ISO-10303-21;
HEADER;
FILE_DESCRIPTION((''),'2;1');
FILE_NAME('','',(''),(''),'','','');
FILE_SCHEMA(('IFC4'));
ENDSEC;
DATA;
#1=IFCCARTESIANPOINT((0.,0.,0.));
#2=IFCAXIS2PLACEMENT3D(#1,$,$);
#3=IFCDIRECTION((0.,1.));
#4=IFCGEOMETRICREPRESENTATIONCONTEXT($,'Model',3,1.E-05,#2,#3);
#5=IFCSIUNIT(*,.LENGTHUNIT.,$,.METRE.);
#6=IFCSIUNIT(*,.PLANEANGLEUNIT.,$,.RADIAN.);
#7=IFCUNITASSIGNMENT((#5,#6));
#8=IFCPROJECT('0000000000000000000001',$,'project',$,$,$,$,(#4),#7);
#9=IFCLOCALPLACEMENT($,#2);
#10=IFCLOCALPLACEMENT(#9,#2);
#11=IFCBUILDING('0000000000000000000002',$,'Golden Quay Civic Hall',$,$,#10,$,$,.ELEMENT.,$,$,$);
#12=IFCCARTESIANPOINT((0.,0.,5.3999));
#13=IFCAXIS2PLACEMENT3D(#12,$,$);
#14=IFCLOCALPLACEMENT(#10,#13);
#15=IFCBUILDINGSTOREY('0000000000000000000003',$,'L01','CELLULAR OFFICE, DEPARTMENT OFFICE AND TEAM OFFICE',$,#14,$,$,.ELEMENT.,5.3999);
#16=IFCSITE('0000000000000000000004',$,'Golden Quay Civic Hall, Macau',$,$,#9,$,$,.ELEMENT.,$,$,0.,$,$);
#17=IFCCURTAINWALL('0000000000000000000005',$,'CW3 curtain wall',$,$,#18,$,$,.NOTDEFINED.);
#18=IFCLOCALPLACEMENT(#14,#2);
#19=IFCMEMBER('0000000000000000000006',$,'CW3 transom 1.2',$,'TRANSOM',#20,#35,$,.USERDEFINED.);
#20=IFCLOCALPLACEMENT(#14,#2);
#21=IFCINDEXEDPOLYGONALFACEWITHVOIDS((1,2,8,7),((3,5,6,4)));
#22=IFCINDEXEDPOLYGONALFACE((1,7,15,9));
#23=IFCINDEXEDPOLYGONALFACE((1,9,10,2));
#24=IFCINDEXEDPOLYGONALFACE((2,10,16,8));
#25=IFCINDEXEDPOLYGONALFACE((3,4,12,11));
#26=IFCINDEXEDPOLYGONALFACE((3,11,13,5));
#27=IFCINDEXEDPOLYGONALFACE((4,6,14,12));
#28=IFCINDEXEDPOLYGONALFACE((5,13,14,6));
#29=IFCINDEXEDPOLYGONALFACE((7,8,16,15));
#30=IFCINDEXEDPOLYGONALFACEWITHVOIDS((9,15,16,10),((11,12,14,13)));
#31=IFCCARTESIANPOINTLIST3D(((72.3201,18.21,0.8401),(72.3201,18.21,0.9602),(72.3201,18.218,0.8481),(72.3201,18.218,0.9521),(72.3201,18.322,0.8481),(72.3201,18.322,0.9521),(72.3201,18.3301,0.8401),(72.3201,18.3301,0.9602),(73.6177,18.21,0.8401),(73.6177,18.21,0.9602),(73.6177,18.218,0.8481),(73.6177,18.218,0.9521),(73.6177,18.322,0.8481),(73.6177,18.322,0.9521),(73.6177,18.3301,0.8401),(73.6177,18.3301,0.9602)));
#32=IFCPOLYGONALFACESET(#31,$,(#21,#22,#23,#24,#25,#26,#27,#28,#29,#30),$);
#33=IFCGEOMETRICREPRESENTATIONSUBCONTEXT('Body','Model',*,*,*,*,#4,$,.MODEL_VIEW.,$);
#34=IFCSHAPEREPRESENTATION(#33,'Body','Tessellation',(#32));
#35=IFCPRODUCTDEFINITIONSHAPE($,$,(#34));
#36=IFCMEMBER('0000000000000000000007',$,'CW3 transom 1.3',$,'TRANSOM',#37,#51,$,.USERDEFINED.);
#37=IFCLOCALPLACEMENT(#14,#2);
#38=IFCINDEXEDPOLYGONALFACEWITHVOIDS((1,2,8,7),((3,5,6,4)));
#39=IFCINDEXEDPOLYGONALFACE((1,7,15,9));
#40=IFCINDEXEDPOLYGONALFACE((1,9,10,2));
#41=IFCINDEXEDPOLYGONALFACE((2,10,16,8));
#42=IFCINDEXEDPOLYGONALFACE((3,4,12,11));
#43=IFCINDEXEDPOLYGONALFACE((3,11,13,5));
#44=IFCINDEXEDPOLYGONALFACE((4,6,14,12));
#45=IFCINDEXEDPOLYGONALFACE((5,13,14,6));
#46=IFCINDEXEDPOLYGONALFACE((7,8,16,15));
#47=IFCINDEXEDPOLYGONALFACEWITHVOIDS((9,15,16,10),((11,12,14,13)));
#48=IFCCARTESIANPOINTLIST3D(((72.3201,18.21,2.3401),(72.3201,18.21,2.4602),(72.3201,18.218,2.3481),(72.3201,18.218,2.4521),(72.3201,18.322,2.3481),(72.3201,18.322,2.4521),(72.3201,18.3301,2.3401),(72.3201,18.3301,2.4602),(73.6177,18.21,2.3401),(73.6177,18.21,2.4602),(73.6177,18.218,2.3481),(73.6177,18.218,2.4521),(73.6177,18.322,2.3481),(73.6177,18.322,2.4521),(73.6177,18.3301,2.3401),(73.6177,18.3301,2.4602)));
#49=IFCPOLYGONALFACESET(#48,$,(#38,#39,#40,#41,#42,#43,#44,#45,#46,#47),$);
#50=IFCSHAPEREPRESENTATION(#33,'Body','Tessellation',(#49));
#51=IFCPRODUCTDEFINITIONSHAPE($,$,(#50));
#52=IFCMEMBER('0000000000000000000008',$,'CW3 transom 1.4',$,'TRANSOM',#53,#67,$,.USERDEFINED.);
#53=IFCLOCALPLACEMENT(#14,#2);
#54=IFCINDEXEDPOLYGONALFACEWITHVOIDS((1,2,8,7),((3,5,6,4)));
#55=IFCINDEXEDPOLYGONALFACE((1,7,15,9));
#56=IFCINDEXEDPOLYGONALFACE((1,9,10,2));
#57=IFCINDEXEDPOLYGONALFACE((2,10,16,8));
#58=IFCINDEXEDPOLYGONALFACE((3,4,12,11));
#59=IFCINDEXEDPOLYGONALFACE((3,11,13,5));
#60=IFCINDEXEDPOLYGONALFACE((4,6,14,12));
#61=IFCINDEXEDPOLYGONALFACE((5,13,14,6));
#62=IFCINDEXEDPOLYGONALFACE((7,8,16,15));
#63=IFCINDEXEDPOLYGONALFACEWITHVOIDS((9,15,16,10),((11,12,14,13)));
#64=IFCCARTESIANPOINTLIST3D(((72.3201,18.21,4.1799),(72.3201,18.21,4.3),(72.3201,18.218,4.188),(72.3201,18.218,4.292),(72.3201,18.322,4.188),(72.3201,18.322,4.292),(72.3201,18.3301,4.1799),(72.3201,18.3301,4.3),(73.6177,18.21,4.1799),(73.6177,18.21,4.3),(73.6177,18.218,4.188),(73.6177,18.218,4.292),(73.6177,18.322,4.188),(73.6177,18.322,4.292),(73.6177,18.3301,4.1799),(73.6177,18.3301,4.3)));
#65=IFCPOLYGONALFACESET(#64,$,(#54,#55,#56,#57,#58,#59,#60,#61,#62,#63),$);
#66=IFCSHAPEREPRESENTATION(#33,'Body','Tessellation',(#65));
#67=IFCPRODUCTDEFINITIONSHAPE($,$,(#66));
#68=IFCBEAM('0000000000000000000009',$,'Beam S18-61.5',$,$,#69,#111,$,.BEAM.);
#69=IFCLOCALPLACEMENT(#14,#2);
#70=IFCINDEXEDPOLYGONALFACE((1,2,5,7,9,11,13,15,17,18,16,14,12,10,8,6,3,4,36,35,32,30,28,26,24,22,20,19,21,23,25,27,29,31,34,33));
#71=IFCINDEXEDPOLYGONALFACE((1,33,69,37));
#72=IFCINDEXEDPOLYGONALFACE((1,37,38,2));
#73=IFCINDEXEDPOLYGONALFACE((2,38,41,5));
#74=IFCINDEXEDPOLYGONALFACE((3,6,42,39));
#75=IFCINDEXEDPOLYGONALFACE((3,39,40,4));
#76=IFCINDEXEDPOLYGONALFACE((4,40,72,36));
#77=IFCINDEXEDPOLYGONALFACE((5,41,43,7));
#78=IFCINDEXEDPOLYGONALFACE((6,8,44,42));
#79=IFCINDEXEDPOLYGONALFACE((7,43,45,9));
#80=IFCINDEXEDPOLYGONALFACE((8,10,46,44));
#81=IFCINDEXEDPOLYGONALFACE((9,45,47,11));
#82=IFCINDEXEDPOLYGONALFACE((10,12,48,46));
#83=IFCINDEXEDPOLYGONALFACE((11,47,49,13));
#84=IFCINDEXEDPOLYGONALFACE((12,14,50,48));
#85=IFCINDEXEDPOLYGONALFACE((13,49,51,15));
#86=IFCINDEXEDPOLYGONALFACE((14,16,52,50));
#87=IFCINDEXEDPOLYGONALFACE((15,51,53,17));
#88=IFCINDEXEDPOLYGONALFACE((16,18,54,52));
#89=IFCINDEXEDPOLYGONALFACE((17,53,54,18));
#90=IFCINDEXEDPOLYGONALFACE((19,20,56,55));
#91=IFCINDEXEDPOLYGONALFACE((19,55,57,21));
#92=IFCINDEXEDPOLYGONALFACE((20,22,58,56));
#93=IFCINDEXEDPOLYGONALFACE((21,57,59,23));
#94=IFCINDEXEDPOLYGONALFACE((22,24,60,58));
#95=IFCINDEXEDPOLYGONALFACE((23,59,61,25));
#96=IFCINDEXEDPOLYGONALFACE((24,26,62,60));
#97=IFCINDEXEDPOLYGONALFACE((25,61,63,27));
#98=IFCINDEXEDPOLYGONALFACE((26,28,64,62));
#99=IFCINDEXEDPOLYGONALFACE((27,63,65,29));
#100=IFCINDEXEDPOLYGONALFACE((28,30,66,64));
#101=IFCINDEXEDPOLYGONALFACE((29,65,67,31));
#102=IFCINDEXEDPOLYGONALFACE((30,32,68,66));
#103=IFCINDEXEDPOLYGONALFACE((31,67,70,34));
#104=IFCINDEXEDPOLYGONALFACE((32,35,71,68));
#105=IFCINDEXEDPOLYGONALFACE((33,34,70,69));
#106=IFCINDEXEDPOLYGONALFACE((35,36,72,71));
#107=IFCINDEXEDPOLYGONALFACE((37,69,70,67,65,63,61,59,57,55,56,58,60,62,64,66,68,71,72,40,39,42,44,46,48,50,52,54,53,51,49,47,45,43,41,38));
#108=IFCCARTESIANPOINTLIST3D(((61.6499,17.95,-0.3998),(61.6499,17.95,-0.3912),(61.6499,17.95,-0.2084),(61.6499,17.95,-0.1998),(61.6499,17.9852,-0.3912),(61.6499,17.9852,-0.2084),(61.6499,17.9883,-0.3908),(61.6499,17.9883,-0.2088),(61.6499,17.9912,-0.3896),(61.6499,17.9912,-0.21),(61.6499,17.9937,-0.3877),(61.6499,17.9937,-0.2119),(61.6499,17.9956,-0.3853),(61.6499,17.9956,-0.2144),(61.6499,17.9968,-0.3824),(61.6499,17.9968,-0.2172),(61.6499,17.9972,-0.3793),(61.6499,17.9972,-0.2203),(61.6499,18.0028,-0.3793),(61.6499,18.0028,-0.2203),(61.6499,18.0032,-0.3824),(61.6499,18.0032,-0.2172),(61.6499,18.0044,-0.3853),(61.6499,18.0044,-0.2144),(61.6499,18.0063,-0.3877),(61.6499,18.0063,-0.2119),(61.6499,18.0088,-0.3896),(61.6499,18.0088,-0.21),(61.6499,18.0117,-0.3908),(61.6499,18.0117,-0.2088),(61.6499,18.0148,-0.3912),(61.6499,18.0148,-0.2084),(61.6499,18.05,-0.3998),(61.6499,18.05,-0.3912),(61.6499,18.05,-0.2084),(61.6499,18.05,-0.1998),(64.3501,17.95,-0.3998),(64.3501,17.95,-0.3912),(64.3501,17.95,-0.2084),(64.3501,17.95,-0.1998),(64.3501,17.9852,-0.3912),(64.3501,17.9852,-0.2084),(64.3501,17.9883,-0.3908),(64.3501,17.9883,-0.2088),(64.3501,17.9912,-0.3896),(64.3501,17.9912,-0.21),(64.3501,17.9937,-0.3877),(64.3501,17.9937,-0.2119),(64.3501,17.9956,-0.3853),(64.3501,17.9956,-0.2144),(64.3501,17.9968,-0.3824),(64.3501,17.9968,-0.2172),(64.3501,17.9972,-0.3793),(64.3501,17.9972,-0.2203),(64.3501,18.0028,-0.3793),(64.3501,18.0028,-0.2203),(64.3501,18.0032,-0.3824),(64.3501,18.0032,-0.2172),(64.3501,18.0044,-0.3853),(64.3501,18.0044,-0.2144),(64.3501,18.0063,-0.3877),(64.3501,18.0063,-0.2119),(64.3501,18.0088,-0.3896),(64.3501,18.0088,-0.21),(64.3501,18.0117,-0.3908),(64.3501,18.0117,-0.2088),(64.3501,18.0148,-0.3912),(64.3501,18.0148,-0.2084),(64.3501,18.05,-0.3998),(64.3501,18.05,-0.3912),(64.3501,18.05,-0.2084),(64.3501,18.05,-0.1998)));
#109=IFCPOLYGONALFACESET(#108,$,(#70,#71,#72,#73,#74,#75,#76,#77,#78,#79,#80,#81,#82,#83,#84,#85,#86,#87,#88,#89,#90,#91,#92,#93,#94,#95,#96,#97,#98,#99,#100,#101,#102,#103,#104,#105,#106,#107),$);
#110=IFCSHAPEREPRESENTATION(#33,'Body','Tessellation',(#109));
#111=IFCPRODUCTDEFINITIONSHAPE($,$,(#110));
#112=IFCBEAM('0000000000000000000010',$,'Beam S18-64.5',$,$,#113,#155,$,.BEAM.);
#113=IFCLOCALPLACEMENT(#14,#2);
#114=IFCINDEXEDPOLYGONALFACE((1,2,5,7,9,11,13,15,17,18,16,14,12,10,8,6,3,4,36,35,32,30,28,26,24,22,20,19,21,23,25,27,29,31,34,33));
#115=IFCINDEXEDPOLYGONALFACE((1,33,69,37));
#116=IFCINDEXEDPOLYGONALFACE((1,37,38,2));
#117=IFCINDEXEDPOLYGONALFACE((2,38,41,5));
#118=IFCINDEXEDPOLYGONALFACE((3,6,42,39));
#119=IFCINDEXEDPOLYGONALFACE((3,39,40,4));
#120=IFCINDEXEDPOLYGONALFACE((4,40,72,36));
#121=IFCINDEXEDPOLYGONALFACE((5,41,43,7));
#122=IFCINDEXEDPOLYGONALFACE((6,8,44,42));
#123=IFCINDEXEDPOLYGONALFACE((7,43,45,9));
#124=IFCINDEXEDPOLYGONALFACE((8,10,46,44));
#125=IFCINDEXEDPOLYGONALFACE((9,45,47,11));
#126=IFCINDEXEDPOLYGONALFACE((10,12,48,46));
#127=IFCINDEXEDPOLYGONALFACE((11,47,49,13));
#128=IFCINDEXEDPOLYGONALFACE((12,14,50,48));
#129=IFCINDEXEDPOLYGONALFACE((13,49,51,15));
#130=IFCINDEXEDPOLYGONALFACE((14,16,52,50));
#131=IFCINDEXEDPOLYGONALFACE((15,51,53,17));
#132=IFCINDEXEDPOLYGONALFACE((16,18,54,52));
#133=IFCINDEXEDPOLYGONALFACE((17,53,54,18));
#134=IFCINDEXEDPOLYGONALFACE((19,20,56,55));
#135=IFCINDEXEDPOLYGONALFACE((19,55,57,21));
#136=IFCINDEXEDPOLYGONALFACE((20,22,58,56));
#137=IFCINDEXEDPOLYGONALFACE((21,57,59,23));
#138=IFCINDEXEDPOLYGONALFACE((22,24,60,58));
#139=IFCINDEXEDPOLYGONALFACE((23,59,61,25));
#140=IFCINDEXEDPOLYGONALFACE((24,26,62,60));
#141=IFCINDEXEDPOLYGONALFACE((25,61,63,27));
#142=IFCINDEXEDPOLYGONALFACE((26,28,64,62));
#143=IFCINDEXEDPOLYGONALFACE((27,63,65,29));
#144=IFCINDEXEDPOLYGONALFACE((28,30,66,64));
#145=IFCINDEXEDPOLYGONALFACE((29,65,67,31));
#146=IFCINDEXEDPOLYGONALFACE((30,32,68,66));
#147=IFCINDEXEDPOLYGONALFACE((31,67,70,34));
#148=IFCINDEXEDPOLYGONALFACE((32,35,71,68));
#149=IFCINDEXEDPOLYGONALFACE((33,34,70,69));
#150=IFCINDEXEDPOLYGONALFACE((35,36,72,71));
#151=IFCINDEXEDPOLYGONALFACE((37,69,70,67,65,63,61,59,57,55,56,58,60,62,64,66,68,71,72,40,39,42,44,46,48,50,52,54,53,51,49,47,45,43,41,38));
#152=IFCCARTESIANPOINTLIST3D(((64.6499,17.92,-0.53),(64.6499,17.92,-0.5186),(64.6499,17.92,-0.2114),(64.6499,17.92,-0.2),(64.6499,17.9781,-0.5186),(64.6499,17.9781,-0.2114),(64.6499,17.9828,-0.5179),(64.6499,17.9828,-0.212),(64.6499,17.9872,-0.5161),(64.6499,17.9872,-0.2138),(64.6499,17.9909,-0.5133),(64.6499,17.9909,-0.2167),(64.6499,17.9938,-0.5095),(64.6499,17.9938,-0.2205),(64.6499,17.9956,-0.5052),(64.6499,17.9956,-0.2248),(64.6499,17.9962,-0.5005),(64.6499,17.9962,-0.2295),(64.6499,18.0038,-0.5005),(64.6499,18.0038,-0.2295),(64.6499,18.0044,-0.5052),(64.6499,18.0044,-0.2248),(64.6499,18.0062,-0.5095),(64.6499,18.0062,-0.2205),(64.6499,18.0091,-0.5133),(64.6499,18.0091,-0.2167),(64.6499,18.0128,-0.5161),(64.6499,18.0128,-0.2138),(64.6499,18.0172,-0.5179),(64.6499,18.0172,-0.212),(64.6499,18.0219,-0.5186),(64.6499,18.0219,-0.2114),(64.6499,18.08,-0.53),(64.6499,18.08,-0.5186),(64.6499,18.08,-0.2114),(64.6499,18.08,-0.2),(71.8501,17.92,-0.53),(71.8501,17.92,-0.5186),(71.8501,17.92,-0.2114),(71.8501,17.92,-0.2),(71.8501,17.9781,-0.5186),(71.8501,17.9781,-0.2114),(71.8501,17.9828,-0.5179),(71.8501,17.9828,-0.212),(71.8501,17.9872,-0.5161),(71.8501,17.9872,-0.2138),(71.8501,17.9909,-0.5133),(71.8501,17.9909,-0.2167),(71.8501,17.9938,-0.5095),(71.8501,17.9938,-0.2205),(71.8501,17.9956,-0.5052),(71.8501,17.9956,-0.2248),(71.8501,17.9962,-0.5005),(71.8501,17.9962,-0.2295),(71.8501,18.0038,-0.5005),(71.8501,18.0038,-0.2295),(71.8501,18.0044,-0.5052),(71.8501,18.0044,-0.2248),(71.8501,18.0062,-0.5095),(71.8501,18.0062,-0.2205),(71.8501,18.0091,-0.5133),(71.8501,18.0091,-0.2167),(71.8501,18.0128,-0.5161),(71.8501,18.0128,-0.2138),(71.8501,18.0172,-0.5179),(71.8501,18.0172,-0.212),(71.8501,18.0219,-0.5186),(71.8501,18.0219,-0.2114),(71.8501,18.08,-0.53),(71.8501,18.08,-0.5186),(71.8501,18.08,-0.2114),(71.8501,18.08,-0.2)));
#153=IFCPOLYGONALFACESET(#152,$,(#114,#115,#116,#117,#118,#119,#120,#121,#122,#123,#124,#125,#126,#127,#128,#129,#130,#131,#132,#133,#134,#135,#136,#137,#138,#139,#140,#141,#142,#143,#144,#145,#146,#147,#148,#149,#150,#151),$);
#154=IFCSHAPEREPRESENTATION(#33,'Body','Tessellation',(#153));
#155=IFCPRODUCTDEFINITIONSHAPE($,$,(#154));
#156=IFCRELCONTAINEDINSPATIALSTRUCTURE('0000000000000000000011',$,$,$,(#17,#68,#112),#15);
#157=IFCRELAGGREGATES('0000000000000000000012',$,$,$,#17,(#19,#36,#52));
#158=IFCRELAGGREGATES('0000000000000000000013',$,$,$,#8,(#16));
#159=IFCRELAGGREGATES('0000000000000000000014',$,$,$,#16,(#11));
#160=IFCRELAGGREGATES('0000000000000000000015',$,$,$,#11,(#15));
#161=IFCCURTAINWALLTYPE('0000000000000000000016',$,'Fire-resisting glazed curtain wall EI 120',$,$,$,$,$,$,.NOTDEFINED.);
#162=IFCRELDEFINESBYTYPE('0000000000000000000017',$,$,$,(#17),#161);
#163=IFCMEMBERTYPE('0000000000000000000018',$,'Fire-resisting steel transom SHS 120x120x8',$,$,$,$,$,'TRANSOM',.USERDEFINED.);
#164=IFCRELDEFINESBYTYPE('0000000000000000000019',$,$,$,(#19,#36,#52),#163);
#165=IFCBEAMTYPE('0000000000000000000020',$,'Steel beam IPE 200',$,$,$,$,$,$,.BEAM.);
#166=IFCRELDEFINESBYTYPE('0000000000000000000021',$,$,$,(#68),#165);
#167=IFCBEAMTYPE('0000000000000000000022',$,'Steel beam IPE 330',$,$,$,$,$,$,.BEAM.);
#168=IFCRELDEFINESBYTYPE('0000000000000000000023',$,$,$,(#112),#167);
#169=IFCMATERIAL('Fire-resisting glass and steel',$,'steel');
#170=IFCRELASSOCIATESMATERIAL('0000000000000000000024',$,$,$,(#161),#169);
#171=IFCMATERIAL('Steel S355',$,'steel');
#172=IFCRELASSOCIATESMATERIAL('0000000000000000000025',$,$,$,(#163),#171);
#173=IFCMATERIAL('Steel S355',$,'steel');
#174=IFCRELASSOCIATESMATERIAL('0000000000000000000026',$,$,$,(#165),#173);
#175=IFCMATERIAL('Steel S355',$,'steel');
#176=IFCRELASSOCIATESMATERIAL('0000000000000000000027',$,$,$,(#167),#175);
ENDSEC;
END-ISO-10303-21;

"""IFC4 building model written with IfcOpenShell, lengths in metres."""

from ifc_helpers import new_model, si_unit, direction, frame, origin, origin_2d, place, context, subcontext, project, spatial, hollow_rectangle, i_section, extrude, material, material_profile, profile_set, type_object, element, aggregate, save


model = new_model("IFC4")

# Units and contexts
model_context = context("Model", 3, precision=1e-05, world=origin(), true_north=direction((0.0, 1.0)))
body_context = subcontext(model_context, "Body", "Model", "MODEL_VIEW")
ifc_project = project(units=[si_unit("LENGTHUNIT", "METRE"), si_unit("PLANEANGLEUNIT", "RADIAN")], contexts=[model_context])

# Site, building, storey
site_placement = place(None, origin())
site = spatial("IfcSite", under=ifc_project, at=site_placement, Name="Golden Quay Civic Hall, Macau", CompositionType="ELEMENT", RefElevation=0.0)
building_placement = place(site_placement, origin())
building = spatial("IfcBuilding", under=site, at=building_placement, Name="Golden Quay Civic Hall", CompositionType="ELEMENT")
storey_placement = place(building_placement, frame((0.0, 0.0, 5.3999)))
storey = spatial("IfcBuildingStorey", under=building, at=storey_placement, Name="L01", Description="CELLULAR OFFICE, DEPARTMENT OFFICE AND TEAM OFFICE", CompositionType="ELEMENT", Elevation=5.3999)

# Curtain wall, members
ifc_material_1 = material(Name="Fire-resisting glass and steel", Category="steel")
curtain_wall_type = type_object("IfcCurtainWallType", Name="Fire-resisting glazed curtain wall EI 120", PredefinedType="NOTDEFINED", material=ifc_material_1)
curtain_wall_placement = place(storey_placement, origin())
curtain_wall = element("IfcCurtainWall", 1, at=curtain_wall_placement, inside=storey, type_object=curtain_wall_type, Name="CW3 curtain wall", PredefinedType="NOTDEFINED")
ifc_material_2 = material(Name="Steel S355", Category="steel")
ifc_material_profile_1 = material_profile(ifc_material_2, hollow_rectangle(XDim=0.1201, YDim=0.1201, WallThickness=0.0081, at=origin_2d()), Name="SHS 120x120x8")
ifc_profile_set_1 = profile_set([ifc_material_profile_1], Name="Steel S355")
member_type_1 = type_object("IfcMemberType", Name="Fire-resisting steel transom SHS 120x120x8", ElementType="TRANSOM", PredefinedType="USERDEFINED", material=ifc_profile_set_1)
member_1_placement = place(storey_placement, frame((72.3201, 18.27, 0.9001), z_axis=(1.0, 0.0, 0.0), x_axis=(0.0, 1.0, 0.0)))
member_1 = element("IfcMember", 2, at=member_1_placement, type_object=member_type_1, Name="CW3 transom 1.2", ObjectType="TRANSOM", PredefinedType="USERDEFINED", context=body_context, shape_type="SweptSolid", body=[
    extrude(hollow_rectangle(XDim=0.1201, YDim=0.1201, WallThickness=0.0081, at=origin_2d()), origin(), (0.0, 0.0, 1.0), 1.2976),
])
member_2_placement = place(storey_placement, frame((72.3201, 18.27, 2.4001), z_axis=(1.0, 0.0, 0.0), x_axis=(0.0, 1.0, 0.0)))
member_2 = element("IfcMember", 3, at=member_2_placement, type_object=member_type_1, Name="CW3 transom 1.3", ObjectType="TRANSOM", PredefinedType="USERDEFINED", context=body_context, shape_type="SweptSolid", body=[
    extrude(hollow_rectangle(XDim=0.1201, YDim=0.1201, WallThickness=0.0081, at=origin_2d()), origin(), (0.0, 0.0, 1.0), 1.2976),
])
member_3_placement = place(storey_placement, frame((72.3201, 18.27, 4.24), z_axis=(1.0, 0.0, 0.0), x_axis=(0.0, 1.0, 0.0)))
member_3 = element("IfcMember", 4, at=member_3_placement, type_object=member_type_1, Name="CW3 transom 1.4", ObjectType="TRANSOM", PredefinedType="USERDEFINED", context=body_context, shape_type="SweptSolid", body=[
    extrude(hollow_rectangle(XDim=0.1201, YDim=0.1201, WallThickness=0.0081, at=origin_2d()), origin(), (0.0, 0.0, 1.0), 1.2976),
])
aggregate(curtain_wall, [member_1, member_2, member_3])

# Beams
ifc_material_3 = material(Name="Steel S355", Category="steel")
ifc_material_profile_2 = material_profile(ifc_material_3, i_section(OverallWidth=0.1001, OverallDepth=0.2, WebThickness=0.0056, FlangeThickness=0.0085, FilletRadius=0.012, at=origin_2d()), Name="IPE 200")
ifc_profile_set_2 = profile_set([ifc_material_profile_2], Name="Steel S355")
beam_type_1 = type_object("IfcBeamType", Name="Steel beam IPE 200", PredefinedType="BEAM", material=ifc_profile_set_2)
beam_1_placement = place(storey_placement, frame((61.6499, 18.0, -0.2998), z_axis=(1.0, 0.0, 0.0), x_axis=(0.0, 1.0, 0.0)))
element("IfcBeam", 5, at=beam_1_placement, inside=storey, type_object=beam_type_1, Name="Beam S18-61.5", PredefinedType="BEAM", context=body_context, shape_type="SweptSolid", body=[
    extrude(i_section(OverallWidth=0.1001, OverallDepth=0.2, WebThickness=0.0056, FlangeThickness=0.0085, FilletRadius=0.012, at=origin_2d()), origin(), (0.0, 0.0, 1.0), 2.7002),
])
ifc_material_4 = material(Name="Steel S355", Category="steel")
ifc_material_profile_3 = material_profile(ifc_material_4, i_section(OverallWidth=0.1599, OverallDepth=0.3301, WebThickness=0.0076, FlangeThickness=0.0115, FilletRadius=0.0181, at=origin_2d()), Name="IPE 330")
ifc_profile_set_3 = profile_set([ifc_material_profile_3], Name="Steel S355")
beam_type_2 = type_object("IfcBeamType", Name="Steel beam IPE 330", PredefinedType="BEAM", material=ifc_profile_set_3)
beam_2_placement = place(storey_placement, frame((64.6499, 18.0, -0.365), z_axis=(1.0, 0.0, 0.0), x_axis=(0.0, 1.0, 0.0)))
element("IfcBeam", 6, at=beam_2_placement, inside=storey, type_object=beam_type_2, Name="Beam S18-64.5", PredefinedType="BEAM", context=body_context, shape_type="SweptSolid", body=[
    extrude(i_section(OverallWidth=0.1599, OverallDepth=0.3301, WebThickness=0.0076, FlangeThickness=0.0115, FilletRadius=0.0181, at=origin_2d()), origin(), (0.0, 0.0, 1.0), 7.2002),
])

save(model, "model.ifc")
